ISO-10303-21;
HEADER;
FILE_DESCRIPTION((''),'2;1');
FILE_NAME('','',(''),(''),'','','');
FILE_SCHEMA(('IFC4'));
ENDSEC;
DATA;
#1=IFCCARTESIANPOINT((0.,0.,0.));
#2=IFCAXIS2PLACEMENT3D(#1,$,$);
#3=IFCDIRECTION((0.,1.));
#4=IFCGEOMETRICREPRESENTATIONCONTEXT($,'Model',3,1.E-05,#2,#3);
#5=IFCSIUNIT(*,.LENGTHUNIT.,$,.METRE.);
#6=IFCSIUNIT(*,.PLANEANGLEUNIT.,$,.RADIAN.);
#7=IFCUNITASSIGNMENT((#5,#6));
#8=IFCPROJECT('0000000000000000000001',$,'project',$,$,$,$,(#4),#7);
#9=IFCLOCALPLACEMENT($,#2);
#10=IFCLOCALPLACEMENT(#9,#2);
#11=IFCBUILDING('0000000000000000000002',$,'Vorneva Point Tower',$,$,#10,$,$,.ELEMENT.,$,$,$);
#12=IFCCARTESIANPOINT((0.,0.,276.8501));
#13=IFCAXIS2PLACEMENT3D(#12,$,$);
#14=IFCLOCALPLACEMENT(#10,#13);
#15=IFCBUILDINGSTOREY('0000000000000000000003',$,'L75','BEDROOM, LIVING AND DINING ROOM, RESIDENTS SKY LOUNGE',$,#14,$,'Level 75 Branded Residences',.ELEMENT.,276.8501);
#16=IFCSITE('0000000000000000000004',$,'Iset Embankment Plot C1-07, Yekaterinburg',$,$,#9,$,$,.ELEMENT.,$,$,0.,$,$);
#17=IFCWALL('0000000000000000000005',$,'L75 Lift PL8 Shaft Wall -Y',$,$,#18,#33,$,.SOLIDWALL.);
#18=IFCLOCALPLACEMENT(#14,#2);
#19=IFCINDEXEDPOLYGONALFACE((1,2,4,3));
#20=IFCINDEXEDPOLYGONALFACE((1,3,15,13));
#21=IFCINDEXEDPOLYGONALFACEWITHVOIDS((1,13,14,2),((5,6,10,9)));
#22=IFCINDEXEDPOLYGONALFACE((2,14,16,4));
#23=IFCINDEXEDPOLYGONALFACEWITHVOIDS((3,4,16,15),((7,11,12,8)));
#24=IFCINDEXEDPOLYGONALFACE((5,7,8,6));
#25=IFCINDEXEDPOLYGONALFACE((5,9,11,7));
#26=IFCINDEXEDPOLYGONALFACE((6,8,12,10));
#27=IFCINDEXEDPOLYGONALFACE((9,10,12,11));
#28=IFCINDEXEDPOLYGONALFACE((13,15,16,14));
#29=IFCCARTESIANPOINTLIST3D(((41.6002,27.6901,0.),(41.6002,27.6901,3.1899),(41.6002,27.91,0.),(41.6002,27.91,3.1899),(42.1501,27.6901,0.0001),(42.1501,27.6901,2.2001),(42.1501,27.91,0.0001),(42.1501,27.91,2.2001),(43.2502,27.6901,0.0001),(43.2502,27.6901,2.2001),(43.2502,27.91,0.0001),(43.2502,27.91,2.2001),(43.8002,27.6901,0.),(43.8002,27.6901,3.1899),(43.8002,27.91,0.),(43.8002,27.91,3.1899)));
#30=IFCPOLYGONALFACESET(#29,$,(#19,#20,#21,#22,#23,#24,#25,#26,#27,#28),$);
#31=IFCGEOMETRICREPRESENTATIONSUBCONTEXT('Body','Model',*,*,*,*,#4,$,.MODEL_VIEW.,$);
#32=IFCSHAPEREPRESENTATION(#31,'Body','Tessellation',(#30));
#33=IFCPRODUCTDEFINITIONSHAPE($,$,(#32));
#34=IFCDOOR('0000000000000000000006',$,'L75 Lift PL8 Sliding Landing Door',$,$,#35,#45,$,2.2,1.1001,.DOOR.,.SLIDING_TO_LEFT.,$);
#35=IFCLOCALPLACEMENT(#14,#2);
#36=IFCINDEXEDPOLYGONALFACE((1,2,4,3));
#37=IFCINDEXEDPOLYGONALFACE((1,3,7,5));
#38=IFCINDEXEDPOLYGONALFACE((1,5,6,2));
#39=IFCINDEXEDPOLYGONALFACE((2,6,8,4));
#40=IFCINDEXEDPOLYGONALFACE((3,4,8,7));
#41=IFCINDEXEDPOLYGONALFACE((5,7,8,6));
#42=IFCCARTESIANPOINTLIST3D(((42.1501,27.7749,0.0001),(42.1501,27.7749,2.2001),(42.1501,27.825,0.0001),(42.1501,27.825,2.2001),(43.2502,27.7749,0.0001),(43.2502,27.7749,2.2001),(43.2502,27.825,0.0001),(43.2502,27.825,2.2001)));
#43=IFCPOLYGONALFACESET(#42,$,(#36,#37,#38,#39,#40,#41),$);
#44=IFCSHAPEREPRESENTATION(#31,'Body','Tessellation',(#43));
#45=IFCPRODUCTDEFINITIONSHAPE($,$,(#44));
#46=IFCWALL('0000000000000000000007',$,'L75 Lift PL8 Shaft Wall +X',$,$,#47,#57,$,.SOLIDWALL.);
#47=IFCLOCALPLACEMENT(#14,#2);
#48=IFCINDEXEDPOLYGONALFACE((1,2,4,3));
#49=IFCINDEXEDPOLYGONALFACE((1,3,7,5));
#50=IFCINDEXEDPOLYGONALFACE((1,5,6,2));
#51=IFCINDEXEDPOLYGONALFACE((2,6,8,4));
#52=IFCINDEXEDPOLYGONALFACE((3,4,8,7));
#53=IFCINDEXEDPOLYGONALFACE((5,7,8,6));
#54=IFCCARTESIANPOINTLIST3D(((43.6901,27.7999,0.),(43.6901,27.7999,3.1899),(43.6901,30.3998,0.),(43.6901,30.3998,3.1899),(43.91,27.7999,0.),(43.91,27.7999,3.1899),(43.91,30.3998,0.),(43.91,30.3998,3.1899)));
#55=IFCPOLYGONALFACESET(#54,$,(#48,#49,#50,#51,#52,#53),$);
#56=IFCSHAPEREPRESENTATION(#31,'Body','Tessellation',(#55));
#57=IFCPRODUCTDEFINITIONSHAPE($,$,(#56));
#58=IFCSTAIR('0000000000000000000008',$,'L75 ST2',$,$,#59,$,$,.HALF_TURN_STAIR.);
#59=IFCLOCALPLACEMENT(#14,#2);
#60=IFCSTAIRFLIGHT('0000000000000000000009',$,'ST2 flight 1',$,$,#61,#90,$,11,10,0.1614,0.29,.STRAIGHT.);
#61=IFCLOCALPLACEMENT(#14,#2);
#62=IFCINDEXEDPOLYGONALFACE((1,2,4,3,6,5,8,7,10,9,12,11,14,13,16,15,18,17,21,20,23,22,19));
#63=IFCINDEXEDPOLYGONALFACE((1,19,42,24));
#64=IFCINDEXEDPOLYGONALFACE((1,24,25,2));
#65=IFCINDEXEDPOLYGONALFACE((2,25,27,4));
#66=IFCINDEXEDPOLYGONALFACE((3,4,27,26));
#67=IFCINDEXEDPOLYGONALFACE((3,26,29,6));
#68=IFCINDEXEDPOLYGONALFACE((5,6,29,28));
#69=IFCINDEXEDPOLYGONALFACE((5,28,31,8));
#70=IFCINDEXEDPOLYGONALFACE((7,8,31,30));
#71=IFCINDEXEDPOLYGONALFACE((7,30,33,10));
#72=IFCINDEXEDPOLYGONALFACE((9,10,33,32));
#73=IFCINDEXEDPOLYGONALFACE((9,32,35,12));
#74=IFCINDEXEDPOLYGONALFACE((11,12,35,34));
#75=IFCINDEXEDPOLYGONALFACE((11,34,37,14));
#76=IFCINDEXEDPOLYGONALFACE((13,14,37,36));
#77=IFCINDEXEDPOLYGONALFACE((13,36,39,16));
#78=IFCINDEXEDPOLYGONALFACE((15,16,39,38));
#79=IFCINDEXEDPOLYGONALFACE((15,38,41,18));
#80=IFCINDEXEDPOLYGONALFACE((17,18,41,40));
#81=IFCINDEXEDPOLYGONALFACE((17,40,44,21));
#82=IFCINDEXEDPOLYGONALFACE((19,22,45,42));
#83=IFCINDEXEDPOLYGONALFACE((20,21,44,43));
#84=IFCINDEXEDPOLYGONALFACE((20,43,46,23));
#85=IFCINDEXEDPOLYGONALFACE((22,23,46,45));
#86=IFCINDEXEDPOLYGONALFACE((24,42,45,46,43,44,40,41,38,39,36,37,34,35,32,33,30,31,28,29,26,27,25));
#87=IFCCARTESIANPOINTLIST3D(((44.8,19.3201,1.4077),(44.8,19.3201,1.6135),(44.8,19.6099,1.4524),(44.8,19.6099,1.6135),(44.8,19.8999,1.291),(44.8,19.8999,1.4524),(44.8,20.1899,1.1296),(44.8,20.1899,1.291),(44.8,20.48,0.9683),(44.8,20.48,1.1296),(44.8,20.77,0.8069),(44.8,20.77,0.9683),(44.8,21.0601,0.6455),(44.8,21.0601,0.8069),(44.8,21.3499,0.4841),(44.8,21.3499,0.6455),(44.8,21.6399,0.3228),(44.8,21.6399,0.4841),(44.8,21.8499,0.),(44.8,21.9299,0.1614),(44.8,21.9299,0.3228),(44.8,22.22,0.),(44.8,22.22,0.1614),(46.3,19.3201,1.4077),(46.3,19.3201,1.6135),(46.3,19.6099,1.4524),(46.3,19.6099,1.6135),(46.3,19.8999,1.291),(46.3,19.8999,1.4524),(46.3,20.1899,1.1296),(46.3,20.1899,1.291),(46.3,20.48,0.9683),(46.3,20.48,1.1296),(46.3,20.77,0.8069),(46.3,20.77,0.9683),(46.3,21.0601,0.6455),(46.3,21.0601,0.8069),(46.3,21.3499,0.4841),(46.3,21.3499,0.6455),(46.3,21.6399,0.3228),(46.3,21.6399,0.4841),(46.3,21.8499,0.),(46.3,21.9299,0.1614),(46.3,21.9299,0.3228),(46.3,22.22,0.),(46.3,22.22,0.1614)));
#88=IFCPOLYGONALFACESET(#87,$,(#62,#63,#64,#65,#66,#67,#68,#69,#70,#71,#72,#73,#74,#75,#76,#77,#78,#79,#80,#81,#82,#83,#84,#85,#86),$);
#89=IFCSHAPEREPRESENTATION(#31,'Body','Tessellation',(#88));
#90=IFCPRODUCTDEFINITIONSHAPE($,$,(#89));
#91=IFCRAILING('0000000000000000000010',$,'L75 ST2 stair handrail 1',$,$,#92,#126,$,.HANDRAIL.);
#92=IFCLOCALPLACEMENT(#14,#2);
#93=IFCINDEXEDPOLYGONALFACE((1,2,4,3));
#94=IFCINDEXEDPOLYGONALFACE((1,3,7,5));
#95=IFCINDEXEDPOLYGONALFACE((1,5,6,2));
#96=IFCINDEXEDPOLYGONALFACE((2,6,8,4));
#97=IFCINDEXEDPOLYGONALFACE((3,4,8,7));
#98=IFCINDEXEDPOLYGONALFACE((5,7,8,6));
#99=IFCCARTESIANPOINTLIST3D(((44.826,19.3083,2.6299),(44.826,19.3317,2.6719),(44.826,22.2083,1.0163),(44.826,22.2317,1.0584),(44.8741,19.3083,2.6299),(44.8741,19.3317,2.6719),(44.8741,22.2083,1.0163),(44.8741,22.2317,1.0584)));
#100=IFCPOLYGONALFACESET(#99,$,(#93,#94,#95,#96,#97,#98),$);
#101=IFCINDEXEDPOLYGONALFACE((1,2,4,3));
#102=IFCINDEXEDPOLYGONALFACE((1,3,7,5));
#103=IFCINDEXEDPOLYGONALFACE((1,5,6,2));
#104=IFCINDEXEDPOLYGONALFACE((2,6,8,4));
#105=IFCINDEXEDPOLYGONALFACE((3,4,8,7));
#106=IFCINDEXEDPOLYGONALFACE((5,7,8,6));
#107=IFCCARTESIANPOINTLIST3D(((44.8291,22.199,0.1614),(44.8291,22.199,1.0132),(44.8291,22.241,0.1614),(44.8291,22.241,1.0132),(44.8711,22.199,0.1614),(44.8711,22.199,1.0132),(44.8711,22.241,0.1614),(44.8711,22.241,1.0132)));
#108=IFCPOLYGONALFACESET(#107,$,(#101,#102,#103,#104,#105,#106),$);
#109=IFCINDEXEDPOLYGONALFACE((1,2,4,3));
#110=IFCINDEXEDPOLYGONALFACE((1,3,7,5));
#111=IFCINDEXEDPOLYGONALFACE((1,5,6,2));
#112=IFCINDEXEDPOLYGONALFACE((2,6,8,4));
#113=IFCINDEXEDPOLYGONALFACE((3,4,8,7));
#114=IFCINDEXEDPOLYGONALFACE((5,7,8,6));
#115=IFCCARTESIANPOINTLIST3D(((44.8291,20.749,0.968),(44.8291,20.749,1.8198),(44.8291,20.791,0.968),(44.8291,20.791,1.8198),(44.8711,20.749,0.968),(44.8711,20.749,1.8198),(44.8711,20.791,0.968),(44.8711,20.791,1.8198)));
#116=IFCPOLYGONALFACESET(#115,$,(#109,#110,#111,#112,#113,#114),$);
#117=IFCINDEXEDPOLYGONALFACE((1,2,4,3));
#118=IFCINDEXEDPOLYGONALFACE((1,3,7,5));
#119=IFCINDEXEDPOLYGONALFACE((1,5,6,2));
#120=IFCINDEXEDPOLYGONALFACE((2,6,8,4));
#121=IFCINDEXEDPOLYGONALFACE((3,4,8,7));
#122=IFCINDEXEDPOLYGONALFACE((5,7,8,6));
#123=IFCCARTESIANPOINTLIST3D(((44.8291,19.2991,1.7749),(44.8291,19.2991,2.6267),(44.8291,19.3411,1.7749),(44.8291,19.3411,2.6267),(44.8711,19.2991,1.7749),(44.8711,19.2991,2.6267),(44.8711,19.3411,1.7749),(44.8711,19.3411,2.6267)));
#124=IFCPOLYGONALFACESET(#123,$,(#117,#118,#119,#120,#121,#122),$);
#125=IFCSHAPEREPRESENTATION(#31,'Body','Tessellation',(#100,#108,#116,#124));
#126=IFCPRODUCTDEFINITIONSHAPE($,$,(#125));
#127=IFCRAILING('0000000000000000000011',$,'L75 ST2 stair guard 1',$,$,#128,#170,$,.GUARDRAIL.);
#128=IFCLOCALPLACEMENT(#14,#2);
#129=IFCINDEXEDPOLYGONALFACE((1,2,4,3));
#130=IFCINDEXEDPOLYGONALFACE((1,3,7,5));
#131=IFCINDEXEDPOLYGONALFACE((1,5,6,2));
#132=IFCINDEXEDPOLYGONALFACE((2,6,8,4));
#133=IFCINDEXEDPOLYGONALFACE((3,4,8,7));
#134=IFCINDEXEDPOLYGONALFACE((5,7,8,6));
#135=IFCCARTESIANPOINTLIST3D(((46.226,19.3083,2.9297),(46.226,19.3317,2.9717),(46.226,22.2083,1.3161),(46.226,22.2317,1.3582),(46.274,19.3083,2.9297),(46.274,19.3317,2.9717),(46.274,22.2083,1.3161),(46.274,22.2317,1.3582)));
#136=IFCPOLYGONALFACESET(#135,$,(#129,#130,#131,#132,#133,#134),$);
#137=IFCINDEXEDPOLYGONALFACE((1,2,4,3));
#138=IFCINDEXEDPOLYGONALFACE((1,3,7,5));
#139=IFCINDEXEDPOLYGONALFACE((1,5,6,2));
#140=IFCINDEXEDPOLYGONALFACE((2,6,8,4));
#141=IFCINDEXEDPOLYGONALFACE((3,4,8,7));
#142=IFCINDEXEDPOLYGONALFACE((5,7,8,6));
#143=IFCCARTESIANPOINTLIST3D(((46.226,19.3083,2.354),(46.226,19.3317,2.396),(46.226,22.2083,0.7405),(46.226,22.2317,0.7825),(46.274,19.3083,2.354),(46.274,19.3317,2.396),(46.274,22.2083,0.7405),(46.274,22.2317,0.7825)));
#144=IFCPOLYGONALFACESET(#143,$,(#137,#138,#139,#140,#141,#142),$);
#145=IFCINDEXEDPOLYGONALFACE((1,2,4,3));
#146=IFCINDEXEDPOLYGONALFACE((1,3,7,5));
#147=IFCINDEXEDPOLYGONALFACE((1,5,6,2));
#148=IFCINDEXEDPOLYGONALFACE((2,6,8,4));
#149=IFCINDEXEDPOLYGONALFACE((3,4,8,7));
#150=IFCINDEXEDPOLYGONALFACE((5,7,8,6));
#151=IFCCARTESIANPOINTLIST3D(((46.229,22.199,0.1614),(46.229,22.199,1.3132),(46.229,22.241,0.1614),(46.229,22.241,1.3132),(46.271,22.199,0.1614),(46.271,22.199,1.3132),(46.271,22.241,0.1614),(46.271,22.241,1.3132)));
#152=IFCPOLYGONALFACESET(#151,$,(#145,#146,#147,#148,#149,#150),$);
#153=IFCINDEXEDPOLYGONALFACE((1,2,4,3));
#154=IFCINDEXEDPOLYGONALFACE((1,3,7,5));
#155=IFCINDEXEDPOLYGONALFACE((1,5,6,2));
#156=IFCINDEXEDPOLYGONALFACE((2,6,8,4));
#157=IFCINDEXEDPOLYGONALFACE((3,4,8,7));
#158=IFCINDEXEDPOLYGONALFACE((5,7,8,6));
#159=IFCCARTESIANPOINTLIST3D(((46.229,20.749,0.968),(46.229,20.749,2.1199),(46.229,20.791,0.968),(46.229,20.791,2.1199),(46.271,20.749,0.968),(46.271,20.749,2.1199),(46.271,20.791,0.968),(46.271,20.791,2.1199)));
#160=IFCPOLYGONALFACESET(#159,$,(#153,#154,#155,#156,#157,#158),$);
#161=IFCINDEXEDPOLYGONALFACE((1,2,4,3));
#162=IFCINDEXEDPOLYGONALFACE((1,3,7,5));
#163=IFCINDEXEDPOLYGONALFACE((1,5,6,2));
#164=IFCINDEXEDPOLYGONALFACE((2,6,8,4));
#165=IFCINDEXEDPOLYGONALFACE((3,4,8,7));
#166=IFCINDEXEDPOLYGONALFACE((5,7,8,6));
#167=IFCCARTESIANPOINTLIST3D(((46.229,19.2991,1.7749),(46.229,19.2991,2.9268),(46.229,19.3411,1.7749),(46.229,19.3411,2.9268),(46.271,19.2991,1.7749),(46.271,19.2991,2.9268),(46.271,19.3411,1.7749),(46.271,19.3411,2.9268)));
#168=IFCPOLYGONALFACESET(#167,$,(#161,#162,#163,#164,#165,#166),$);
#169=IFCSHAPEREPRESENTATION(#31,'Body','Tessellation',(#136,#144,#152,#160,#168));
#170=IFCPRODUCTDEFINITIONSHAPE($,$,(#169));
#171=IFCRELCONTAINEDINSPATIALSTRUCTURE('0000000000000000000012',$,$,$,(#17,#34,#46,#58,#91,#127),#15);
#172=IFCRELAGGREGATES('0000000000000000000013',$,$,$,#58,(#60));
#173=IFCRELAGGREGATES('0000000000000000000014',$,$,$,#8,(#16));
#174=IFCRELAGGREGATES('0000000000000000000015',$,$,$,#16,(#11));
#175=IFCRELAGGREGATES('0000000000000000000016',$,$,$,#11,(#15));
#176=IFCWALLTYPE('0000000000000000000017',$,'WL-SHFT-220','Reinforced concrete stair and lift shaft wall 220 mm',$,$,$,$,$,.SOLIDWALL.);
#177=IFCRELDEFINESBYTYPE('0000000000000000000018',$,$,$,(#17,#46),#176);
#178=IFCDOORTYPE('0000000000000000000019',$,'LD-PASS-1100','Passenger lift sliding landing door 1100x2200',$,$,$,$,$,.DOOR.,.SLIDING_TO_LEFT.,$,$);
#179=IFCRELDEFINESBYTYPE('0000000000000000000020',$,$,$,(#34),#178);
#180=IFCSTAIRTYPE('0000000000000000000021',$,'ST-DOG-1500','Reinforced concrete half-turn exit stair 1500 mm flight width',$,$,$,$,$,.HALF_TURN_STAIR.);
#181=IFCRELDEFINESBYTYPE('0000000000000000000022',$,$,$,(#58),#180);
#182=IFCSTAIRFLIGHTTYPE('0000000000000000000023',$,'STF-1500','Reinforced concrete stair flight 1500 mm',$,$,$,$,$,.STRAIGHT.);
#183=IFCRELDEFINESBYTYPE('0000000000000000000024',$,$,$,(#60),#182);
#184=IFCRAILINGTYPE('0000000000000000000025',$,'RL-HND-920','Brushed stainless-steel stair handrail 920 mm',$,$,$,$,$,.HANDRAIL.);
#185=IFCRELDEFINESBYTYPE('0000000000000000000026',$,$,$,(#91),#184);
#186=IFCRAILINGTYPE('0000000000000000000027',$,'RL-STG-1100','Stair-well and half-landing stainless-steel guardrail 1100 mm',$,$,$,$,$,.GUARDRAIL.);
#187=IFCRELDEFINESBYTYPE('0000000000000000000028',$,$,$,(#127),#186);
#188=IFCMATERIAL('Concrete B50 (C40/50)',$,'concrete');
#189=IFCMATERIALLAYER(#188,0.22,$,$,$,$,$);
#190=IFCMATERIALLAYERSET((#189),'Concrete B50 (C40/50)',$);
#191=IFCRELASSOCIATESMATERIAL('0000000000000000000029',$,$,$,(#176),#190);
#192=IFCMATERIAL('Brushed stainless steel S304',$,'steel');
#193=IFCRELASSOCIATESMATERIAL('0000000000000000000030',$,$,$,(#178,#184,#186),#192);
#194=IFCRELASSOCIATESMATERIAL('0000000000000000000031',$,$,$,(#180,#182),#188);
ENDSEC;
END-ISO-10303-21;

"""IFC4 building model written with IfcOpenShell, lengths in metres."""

from ifc_helpers import new_model, si_unit, direction, frame, frame_2d, origin, origin_2d, place, context, subcontext, project, spatial, polyline, rectangle, outline, extrude, material, layer, layer_set, type_object, element, fill, aggregate, save


model = new_model("IFC4")

# Units and contexts
model_context = context("Model", 3, precision=1e-05, world=origin(), true_north=direction((0.0, 1.0)))
body_context = subcontext(model_context, "Body", "Model", "MODEL_VIEW")
ifc_project = project(units=[si_unit("LENGTHUNIT", "METRE"), si_unit("PLANEANGLEUNIT", "RADIAN")], contexts=[model_context])

# Site, building, storey
site_placement = place(None, origin())
site = spatial("IfcSite", under=ifc_project, at=site_placement, Name="Iset Embankment Plot C1-07, Yekaterinburg", CompositionType="ELEMENT", RefElevation=0.0)
building_placement = place(site_placement, origin())
building = spatial("IfcBuilding", under=site, at=building_placement, Name="Vorneva Point Tower", CompositionType="ELEMENT")
storey_placement = place(building_placement, frame((0.0, 0.0, 276.8501)))
storey = spatial("IfcBuildingStorey", under=building, at=storey_placement, Name="L75", Description="BEDROOM, LIVING AND DINING ROOM, RESIDENTS SKY LOUNGE", LongName="Level 75 Branded Residences", CompositionType="ELEMENT", Elevation=276.8501)

# Shared definitions
ifc_material_1 = material(Name="Concrete B50 (C40/50)", Category="concrete")

# Shared definitions
ifc_layer_1 = layer(ifc_material_1, 0.22)
ifc_layer_set_1 = layer_set([ifc_layer_1], Name="Concrete B50 (C40/50)")
wall_type_1 = type_object("IfcWallType", Name="WL-SHFT-220", Description="Reinforced concrete stair and lift shaft wall 220 mm", PredefinedType="SOLIDWALL", material=ifc_layer_set_1)
ifc_material_2 = material(Name="Brushed stainless steel S304", Category="steel")
door_type_1 = type_object("IfcDoorType", Name="LD-PASS-1100", Description="Passenger lift sliding landing door 1100x2200", OperationType="SLIDING_TO_LEFT", PredefinedType="DOOR", material=ifc_material_2)

# Wall, opening, door
wall_1_placement = place(storey_placement, frame((41.6001, 27.8, 0.0), z_axis=(0.0, 0.0, 1.0), x_axis=(1.0, 0.0, 0.0)))
wall_1 = element("IfcWall", 1, at=wall_1_placement, inside=storey, type_object=wall_type_1, Name="L75 Lift PL8 Shaft Wall -Y", PredefinedType="SOLIDWALL", context=body_context, shape_type="SweptSolid", body=[
    extrude(rectangle(XDim=2.2, YDim=0.22, at=frame_2d((1.1001, 0.0))), origin(), (0.0, 0.0, 1.0), 3.1899),
])
opening_1_placement = place(wall_1_placement, frame((0.55, 0.0, 0.0)))
opening_1 = element("IfcOpeningElement", 2, at=opening_1_placement, cuts=wall_1, PredefinedType="OPENING", context=body_context, shape_type="SweptSolid", body=[
    extrude(rectangle(XDim=1.1001, YDim=2.2, at=frame_2d((0.55, 1.1001))), frame((0.0, 0.125, 0.0), z_axis=(0.0, -1.0, 0.0), x_axis=(1.0, 0.0, 0.0)), (0.0, 0.0, 1.0), 0.2498),
])
door_1_placement = place(opening_1_placement, origin())
door_1 = element("IfcDoor", 3, at=door_1_placement, inside=storey, type_object=door_type_1, Name="L75 Lift PL8 Sliding Landing Door", OperationType="SLIDING_TO_LEFT", OverallHeight=2.2, OverallWidth=1.1001, PredefinedType="DOOR", context=body_context, shape_type="SweptSolid", body=[
    extrude(rectangle(XDim=1.1001, YDim=2.2, at=frame_2d((0.55, 1.1001))), frame((0.0, 0.0249, 0.0), z_axis=(0.0, -1.0, 0.0), x_axis=(1.0, 0.0, 0.0)), (0.0, 0.0, 1.0), 0.05),
])
fill(opening_1, door_1)

# Wall
wall_2_placement = place(storey_placement, frame((43.8, 27.8, 0.0), z_axis=(0.0, 0.0, 1.0), x_axis=(0.0, 1.0, 0.0)))
element("IfcWall", 4, at=wall_2_placement, inside=storey, type_object=wall_type_1, Name="L75 Lift PL8 Shaft Wall +X", PredefinedType="SOLIDWALL", context=body_context, shape_type="SweptSolid", body=[
    extrude(rectangle(XDim=2.5999, YDim=0.22, at=frame_2d((1.2998, 0.0))), origin(), (0.0, 0.0, 1.0), 3.1899),
])

# Stair, stair flight
stair_type = type_object("IfcStairType", Name="ST-DOG-1500", Description="Reinforced concrete half-turn exit stair 1500 mm flight width", PredefinedType="HALF_TURN_STAIR", material=ifc_material_1)
stair_placement = place(storey_placement, origin())
stair = element("IfcStair", 5, at=stair_placement, inside=storey, type_object=stair_type, Name="L75 ST2", PredefinedType="HALF_TURN_STAIR")
stair_flight_type = type_object("IfcStairFlightType", Name="STF-1500", Description="Reinforced concrete stair flight 1500 mm", PredefinedType="STRAIGHT", material=ifc_material_1)
stair_flight_placement = place(storey_placement, frame((45.55, 22.22, 0.0), z_axis=(0.0, 0.0, 1.0), x_axis=(0.0, -1.0, 0.0)))
stair_flight = element("IfcStairFlight", 6, at=stair_flight_placement, type_object=stair_flight_type, Name="ST2 flight 1", NumberOfRisers=11, NumberOfTreads=10, PredefinedType="STRAIGHT", RiserHeight=0.1614, TreadLength=0.29, context=body_context, shape_type="SweptSolid", body=[
    extrude(outline(polyline([(0.0, 0.0), (0.0, 0.1614), (0.29, 0.1614), (0.29, 0.3228), (0.5801, 0.3228), (0.5801, 0.4841), (0.8701, 0.4841), (0.8701, 0.6455), (1.1599, 0.6455), (1.1599, 0.8069), (1.45, 0.8069), (1.45, 0.9683), (1.74, 0.9683), (1.74, 1.1296), (2.03, 1.1296), (2.03, 1.291), (2.3201, 1.291), (2.3201, 1.4524), (2.6101, 1.4524), (2.6101, 1.6135), (2.8999, 1.6135), (2.8999, 1.7749), (2.8999, 1.4077), (0.3701, 0.0), (0.0, 0.0)])), frame((0.0, 0.75, 0.0), z_axis=(0.0, -1.0, 0.0), x_axis=(1.0, 0.0, 0.0)), (0.0, 0.0, 1.0), 1.5),
])
aggregate(stair, [stair_flight])

# Railings
railing_type_1 = type_object("IfcRailingType", Name="RL-HND-920", Description="Brushed stainless-steel stair handrail 920 mm", PredefinedType="HANDRAIL", material=ifc_material_2)
railing_1_placement = place(storey_placement, frame((44.8501, 22.22, 0.1614)))
element("IfcRailing", 7, at=railing_1_placement, inside=storey, type_object=railing_type_1, Name="L75 ST2 stair handrail 1", PredefinedType="HANDRAIL", context=body_context, shape_type="SweptSolid", body=[
    extrude(rectangle(XDim=0.0481, YDim=0.0481, at=origin_2d()), frame((0.0, 0.0, 0.876), z_axis=(0.0, -0.873841, 0.486211), x_axis=(1.0, 0.0, 0.0)), (0.0, 0.0, 1.0), 3.3186),
    extrude(rectangle(XDim=0.042, YDim=0.042, at=origin_2d()), origin(), (0.0, 0.0, 1.0), 0.8518),
    extrude(rectangle(XDim=0.042, YDim=0.042, at=origin_2d()), frame((0.0, -1.45, 0.8066)), (0.0, 0.0, 1.0), 0.8518),
    extrude(rectangle(XDim=0.042, YDim=0.042, at=origin_2d()), frame((0.0, -2.8999, 1.6135)), (0.0, 0.0, 1.0), 0.8518),
])
railing_type_2 = type_object("IfcRailingType", Name="RL-STG-1100", Description="Stair-well and half-landing stainless-steel guardrail 1100 mm", PredefinedType="GUARDRAIL", material=ifc_material_2)
railing_2_placement = place(storey_placement, frame((46.25, 22.22, 0.1614)))
element("IfcRailing", 8, at=railing_2_placement, inside=storey, type_object=railing_type_2, Name="L75 ST2 stair guard 1", PredefinedType="GUARDRAIL", context=body_context, shape_type="SweptSolid", body=[
    extrude(rectangle(XDim=0.0481, YDim=0.0481, at=origin_2d()), frame((0.0, 0.0, 1.1758), z_axis=(0.0, -0.873841, 0.486211), x_axis=(1.0, 0.0, 0.0)), (0.0, 0.0, 1.0), 3.3186),
    extrude(rectangle(XDim=0.0481, YDim=0.0481, at=origin_2d()), frame((0.0, 0.0, 0.6001), z_axis=(0.0, -0.873841, 0.486211), x_axis=(1.0, 0.0, 0.0)), (0.0, 0.0, 1.0), 3.3186),
    extrude(rectangle(XDim=0.042, YDim=0.042, at=origin_2d()), origin(), (0.0, 0.0, 1.0), 1.1519),
    extrude(rectangle(XDim=0.042, YDim=0.042, at=origin_2d()), frame((0.0, -1.45, 0.8066)), (0.0, 0.0, 1.0), 1.1519),
    extrude(rectangle(XDim=0.042, YDim=0.042, at=origin_2d()), frame((0.0, -2.8999, 1.6135)), (0.0, 0.0, 1.0), 1.1519),
])

save(model, "model.ifc")
